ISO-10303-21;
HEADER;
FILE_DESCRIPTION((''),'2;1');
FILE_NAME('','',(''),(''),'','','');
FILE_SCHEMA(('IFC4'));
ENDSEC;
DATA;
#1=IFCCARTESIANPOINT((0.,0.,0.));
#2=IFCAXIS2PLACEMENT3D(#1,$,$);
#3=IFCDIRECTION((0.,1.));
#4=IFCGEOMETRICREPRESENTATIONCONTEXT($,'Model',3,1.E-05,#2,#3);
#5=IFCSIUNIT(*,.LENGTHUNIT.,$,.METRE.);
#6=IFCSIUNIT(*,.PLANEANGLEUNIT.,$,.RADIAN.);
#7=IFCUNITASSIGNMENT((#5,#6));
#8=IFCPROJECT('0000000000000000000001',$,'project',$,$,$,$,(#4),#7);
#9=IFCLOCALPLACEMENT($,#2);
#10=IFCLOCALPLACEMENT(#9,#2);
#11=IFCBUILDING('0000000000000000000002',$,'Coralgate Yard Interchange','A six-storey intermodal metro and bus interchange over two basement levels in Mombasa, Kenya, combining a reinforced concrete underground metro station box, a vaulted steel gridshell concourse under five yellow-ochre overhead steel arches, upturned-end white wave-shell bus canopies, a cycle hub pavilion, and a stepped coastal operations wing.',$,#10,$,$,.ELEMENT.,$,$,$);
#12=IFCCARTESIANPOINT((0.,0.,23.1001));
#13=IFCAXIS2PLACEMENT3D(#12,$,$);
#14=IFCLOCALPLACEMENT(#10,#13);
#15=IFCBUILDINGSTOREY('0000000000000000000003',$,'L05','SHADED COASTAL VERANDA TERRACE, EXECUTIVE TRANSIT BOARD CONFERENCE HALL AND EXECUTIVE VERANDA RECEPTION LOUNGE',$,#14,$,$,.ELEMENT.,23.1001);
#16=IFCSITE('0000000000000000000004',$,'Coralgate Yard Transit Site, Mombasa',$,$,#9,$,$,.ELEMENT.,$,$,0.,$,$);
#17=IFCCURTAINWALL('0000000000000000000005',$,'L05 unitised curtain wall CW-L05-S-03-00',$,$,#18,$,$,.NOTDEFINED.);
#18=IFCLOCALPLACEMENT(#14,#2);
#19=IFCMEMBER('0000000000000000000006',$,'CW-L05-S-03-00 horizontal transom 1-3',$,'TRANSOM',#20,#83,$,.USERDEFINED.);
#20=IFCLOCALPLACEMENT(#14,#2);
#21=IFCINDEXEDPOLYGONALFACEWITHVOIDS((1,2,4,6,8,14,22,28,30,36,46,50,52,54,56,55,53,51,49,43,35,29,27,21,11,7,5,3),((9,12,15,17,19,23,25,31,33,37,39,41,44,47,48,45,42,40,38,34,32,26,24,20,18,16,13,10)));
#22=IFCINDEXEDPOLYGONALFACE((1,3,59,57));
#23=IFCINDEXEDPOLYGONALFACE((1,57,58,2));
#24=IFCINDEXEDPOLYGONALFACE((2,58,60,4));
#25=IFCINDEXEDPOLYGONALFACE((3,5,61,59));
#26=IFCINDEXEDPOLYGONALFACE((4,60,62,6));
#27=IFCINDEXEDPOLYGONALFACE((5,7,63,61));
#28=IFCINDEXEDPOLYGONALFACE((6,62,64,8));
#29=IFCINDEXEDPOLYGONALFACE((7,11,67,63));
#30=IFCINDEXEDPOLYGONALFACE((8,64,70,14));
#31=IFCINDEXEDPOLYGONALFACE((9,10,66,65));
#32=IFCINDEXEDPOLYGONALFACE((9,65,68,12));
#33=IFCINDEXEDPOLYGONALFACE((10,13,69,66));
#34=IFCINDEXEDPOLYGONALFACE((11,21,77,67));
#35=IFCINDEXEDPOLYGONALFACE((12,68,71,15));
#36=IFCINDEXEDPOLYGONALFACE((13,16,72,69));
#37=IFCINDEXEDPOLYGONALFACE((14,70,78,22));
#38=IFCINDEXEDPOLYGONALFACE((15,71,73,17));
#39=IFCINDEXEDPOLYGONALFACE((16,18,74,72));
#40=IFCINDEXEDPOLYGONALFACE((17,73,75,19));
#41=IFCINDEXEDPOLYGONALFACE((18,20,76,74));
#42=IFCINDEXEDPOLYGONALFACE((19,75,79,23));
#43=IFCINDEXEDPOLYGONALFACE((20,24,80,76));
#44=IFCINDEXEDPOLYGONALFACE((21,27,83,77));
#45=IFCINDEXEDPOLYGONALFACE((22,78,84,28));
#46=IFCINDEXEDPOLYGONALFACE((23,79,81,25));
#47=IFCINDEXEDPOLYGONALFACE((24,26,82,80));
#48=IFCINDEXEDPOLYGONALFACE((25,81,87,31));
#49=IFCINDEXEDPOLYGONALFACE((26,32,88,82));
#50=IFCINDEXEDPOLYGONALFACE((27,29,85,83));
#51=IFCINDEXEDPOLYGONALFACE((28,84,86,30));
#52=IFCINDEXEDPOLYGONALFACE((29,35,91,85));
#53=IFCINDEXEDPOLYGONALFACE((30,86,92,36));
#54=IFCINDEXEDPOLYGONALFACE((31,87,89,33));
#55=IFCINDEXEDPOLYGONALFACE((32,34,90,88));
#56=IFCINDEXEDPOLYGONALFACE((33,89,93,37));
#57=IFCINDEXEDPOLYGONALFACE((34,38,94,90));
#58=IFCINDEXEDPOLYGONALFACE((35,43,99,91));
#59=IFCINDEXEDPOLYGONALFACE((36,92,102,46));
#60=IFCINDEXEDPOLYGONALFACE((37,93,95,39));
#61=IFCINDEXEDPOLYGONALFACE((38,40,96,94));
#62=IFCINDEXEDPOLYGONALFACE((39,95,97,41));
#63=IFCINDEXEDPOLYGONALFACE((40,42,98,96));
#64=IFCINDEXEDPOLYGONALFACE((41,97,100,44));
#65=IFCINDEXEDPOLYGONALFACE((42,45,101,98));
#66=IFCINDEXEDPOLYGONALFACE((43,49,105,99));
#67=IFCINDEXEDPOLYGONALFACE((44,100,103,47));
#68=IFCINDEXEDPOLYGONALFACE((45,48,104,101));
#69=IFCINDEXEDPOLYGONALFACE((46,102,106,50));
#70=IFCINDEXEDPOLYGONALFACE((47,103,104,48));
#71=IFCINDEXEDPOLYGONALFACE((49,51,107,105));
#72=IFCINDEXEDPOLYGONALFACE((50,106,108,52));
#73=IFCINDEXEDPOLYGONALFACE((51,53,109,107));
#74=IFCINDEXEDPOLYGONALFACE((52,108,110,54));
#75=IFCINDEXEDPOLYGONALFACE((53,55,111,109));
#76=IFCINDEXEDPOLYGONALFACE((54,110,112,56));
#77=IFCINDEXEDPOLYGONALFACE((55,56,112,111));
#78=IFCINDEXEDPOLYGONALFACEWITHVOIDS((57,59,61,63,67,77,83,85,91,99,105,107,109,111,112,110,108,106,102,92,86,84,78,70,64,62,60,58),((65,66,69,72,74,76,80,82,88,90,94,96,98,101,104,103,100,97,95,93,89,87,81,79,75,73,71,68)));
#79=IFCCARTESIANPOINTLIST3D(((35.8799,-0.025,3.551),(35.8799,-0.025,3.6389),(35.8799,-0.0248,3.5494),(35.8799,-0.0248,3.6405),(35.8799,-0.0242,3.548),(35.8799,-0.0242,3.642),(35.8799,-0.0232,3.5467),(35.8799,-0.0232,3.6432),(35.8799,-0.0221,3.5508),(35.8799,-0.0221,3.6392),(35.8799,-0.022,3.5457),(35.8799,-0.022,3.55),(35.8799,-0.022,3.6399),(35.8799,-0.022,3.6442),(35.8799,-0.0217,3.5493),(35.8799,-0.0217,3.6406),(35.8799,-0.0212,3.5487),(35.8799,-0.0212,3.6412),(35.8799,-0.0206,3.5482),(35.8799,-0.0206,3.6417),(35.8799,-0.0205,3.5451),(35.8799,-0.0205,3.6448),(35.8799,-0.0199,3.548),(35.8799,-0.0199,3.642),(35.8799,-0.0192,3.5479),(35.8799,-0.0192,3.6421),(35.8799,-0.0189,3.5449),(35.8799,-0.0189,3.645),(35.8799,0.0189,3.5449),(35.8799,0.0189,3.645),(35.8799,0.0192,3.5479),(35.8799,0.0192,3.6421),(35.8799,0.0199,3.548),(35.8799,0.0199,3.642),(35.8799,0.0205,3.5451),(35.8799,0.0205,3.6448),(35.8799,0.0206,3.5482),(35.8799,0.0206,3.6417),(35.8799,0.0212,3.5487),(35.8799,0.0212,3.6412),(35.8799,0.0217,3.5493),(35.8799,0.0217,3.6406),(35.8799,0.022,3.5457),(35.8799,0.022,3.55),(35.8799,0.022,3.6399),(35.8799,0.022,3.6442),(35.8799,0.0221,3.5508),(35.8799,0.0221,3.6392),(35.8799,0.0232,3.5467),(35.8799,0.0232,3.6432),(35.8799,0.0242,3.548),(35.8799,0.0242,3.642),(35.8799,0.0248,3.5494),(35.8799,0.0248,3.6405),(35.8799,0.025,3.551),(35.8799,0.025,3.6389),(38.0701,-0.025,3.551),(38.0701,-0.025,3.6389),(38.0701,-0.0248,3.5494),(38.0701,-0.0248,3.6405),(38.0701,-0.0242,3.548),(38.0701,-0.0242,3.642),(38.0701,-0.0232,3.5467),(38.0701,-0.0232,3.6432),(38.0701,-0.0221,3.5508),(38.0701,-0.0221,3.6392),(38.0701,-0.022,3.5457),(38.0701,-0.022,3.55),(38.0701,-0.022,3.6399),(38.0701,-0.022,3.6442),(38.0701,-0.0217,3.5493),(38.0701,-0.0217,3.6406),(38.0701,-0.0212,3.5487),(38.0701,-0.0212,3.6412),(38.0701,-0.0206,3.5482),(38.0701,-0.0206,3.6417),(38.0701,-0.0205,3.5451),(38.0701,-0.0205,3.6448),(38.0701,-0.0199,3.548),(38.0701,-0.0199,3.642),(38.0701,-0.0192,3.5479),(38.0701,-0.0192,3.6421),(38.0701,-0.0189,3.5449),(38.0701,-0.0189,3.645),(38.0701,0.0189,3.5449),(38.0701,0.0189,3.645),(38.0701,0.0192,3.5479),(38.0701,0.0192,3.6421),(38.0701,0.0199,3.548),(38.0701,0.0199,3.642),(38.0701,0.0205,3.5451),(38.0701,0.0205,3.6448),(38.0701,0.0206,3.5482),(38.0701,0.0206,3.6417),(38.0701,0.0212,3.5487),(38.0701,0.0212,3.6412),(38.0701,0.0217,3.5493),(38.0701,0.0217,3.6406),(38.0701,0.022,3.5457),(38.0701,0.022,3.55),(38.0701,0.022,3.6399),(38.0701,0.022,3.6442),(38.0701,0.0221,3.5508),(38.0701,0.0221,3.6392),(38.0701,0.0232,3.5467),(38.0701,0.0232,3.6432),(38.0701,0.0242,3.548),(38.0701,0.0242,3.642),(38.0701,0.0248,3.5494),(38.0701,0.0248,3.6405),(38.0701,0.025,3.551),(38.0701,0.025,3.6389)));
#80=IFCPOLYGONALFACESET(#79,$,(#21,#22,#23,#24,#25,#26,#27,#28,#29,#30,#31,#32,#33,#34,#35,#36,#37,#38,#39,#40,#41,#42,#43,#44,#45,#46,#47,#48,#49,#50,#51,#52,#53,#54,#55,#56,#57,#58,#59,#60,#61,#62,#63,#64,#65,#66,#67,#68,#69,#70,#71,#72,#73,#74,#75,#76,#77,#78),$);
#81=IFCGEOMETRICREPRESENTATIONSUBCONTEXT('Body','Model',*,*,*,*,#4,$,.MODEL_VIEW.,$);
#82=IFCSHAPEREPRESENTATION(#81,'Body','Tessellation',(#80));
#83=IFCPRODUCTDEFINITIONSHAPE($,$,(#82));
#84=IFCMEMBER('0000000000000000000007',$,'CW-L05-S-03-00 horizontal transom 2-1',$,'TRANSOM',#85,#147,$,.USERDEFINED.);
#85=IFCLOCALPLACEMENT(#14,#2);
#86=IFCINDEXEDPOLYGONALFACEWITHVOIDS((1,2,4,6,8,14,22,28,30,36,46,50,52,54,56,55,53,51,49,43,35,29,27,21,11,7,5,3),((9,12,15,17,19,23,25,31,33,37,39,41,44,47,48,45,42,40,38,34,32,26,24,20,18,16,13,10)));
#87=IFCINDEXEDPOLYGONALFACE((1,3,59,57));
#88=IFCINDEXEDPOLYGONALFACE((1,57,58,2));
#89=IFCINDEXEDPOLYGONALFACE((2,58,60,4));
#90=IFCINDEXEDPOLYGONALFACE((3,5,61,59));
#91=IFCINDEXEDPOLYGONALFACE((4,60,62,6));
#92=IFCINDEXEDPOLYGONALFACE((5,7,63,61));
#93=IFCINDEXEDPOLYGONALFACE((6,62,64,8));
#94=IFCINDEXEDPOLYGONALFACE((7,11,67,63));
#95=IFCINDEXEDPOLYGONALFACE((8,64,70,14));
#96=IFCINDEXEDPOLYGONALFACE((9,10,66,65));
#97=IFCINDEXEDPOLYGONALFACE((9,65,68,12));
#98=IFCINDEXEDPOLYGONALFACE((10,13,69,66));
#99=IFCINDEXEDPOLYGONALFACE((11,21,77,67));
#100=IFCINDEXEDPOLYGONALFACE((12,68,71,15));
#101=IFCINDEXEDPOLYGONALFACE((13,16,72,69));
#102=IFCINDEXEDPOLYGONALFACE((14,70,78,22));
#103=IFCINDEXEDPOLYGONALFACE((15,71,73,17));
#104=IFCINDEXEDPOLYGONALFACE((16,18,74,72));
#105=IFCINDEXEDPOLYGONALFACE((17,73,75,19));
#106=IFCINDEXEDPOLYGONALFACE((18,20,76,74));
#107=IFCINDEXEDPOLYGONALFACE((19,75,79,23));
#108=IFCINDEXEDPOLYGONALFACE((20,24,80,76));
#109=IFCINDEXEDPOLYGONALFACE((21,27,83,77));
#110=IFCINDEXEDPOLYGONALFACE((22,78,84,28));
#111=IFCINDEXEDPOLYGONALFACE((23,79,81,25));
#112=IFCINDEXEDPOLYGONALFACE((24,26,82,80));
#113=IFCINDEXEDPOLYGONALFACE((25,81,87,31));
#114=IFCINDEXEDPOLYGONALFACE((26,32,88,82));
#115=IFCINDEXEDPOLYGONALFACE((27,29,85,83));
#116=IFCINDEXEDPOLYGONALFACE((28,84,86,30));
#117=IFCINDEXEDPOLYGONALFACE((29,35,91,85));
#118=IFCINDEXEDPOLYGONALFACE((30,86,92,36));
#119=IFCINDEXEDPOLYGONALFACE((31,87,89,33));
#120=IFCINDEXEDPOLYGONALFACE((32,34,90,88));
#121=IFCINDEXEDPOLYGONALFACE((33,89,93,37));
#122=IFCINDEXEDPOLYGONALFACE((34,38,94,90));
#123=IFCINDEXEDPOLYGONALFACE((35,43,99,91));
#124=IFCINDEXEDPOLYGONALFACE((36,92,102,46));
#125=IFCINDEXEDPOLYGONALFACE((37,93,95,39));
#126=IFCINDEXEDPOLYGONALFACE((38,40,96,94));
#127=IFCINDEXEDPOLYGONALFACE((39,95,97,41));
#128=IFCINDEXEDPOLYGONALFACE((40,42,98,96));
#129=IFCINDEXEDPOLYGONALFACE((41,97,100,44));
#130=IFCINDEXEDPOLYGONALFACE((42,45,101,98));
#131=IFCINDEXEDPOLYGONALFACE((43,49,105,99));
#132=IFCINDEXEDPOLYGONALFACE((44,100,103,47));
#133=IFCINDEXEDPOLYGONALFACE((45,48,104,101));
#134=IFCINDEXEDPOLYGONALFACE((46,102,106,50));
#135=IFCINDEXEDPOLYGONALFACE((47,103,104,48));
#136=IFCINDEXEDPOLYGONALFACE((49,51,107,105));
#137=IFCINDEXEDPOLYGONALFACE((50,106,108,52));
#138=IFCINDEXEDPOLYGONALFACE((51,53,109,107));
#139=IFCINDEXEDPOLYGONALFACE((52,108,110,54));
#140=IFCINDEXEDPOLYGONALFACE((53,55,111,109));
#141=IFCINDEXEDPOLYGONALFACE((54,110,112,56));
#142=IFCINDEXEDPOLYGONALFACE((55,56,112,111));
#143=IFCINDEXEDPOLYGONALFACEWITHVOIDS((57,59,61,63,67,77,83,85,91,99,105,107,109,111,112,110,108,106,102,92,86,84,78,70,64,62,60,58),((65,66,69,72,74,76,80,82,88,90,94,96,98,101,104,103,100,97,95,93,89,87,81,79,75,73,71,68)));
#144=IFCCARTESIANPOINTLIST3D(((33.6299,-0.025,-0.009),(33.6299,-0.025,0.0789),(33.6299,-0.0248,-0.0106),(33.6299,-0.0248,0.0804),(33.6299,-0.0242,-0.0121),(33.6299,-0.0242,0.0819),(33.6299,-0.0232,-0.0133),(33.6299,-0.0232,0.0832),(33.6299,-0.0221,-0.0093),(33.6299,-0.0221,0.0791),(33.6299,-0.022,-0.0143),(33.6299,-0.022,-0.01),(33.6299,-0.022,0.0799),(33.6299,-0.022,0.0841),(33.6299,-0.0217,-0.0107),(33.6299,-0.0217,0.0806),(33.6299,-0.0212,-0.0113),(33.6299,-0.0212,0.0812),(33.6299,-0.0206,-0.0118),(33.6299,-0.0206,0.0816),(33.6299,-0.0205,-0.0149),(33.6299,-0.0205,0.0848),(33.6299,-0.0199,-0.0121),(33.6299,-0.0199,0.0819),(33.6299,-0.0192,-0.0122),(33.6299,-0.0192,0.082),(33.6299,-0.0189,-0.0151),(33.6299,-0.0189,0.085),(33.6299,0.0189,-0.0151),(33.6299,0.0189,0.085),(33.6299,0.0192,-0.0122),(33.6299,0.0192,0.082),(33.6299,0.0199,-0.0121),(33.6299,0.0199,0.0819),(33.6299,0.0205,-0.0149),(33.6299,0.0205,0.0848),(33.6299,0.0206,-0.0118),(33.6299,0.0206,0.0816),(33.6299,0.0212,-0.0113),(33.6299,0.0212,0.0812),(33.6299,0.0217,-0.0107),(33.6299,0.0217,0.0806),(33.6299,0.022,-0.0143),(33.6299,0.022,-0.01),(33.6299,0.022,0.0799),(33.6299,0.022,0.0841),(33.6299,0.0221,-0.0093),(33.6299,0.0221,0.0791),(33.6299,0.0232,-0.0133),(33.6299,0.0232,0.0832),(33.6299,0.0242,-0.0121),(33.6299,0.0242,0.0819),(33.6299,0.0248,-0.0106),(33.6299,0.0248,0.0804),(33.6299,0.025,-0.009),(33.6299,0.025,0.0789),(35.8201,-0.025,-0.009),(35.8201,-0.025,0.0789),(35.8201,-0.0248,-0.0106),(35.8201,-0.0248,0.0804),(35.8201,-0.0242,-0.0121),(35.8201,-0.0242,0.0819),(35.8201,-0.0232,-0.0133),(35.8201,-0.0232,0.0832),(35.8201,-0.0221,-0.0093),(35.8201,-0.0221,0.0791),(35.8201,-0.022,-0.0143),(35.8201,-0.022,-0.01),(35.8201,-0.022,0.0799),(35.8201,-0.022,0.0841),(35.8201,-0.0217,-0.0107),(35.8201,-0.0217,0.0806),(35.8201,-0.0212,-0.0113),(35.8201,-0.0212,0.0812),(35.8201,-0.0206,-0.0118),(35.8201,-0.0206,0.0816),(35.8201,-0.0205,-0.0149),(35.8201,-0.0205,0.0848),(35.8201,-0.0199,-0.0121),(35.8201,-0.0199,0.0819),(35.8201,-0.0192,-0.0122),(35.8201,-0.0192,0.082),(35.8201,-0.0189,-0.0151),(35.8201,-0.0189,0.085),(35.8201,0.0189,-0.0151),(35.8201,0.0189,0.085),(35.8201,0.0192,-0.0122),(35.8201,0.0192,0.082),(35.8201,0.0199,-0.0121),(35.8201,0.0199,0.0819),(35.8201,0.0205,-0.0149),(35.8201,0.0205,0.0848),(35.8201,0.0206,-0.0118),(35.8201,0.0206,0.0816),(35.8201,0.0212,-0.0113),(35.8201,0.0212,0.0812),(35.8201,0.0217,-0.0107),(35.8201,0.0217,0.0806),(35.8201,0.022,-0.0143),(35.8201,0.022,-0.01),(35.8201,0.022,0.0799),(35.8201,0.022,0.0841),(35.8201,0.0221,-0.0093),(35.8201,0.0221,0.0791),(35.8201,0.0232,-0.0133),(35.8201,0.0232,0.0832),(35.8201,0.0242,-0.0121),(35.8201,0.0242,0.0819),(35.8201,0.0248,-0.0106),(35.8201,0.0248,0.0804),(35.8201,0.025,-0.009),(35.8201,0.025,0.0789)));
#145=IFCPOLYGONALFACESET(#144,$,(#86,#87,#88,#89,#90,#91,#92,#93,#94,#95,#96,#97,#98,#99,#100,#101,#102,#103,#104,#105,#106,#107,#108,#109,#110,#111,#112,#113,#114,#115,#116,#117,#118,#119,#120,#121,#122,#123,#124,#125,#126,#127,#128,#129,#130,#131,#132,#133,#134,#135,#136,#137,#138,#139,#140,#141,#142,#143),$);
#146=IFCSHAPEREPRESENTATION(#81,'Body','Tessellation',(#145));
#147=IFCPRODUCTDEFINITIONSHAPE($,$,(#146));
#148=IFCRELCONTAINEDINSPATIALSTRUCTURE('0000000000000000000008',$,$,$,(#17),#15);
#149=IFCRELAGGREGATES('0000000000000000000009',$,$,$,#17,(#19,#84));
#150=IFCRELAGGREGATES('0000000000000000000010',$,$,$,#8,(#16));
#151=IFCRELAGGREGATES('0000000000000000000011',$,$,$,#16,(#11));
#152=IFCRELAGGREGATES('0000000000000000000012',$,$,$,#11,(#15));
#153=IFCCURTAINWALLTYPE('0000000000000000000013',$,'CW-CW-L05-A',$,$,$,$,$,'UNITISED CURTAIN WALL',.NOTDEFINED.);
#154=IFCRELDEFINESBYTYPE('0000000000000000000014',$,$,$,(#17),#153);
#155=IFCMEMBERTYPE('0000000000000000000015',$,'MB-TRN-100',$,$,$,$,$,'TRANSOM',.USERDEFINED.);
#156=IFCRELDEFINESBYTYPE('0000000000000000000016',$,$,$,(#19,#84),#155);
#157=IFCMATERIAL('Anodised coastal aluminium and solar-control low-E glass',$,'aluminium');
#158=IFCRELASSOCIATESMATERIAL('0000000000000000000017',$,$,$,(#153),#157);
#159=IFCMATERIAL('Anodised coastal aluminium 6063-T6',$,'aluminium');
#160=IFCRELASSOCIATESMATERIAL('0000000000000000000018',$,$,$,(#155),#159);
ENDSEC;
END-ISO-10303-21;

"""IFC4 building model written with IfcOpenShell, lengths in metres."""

from ifc_helpers import new_model, si_unit, direction, frame, origin, origin_2d, place, context, subcontext, project, spatial, hollow_rectangle, extrude, material, material_profile, profile_set, type_object, element, aggregate, save


model = new_model("IFC4")

# Units and contexts
model_context = context("Model", 3, precision=1e-05, world=origin(), true_north=direction((0.0, 1.0)))
body_context = subcontext(model_context, "Body", "Model", "MODEL_VIEW")
ifc_project = project(units=[si_unit("LENGTHUNIT", "METRE"), si_unit("PLANEANGLEUNIT", "RADIAN")], contexts=[model_context])

# Site, building, storey
site_placement = place(None, origin())
site = spatial("IfcSite", under=ifc_project, at=site_placement, Name="Coralgate Yard Transit Site, Mombasa", CompositionType="ELEMENT", RefElevation=0.0)
building_placement = place(site_placement, origin())
building = spatial("IfcBuilding", under=site, at=building_placement, Name="Coralgate Yard Interchange", Description="A six-storey intermodal metro and bus interchange over two basement levels in Mombasa, Kenya, combining a reinforced concrete underground metro station box, a vaulted steel gridshell concourse under five yellow-ochre overhead steel arches, upturned-end white wave-shell bus canopies, a cycle hub pavilion, and a stepped coastal operations wing.", CompositionType="ELEMENT")
storey_placement = place(building_placement, frame((0.0, 0.0, 23.1001)))
storey = spatial("IfcBuildingStorey", under=building, at=storey_placement, Name="L05", Description="SHADED COASTAL VERANDA TERRACE, EXECUTIVE TRANSIT BOARD CONFERENCE HALL AND EXECUTIVE VERANDA RECEPTION LOUNGE", CompositionType="ELEMENT", Elevation=23.1001)

# Curtain wall
ifc_material_1 = material(Name="Anodised coastal aluminium and solar-control low-E glass", Category="aluminium")
curtain_wall_type = type_object("IfcCurtainWallType", Name="CW-CW-L05-A", ElementType="UNITISED CURTAIN WALL", PredefinedType="NOTDEFINED", material=ifc_material_1)
curtain_wall_1_placement = place(storey_placement, origin())
curtain_wall_1 = element("IfcCurtainWall", 1, at=curtain_wall_1_placement, inside=storey, type_object=curtain_wall_type, Name="L05 unitised curtain wall CW-L05-S-03-00", PredefinedType="NOTDEFINED")
ifc_material_2 = material(Name="Anodised coastal aluminium 6063-T6", Category="aluminium")

# Members
ifc_material_profile_1 = material_profile(ifc_material_2, hollow_rectangle(XDim=0.05, YDim=0.1001, WallThickness=0.0029, InnerFilletRadius=0.0029, OuterFilletRadius=0.0061, at=origin_2d()), Name="ALU 50x100x3")
ifc_profile_set_1 = profile_set([ifc_material_profile_1], Name="Anodised coastal aluminium 6063-T6")
member_type_1 = type_object("IfcMemberType", Name="MB-TRN-100", ElementType="TRANSOM", PredefinedType="USERDEFINED", material=ifc_profile_set_1)
member_1_placement = place(storey_placement, frame((38.0701, 0.0, 3.595), z_axis=(-1.0, 0.0, 0.0), x_axis=(0.0, -1.0, 0.0)))
member_1 = element("IfcMember", 2, at=member_1_placement, type_object=member_type_1, Name="CW-L05-S-03-00 horizontal transom 1-3", ObjectType="TRANSOM", PredefinedType="USERDEFINED", context=body_context, shape_type="SweptSolid", body=[
    extrude(hollow_rectangle(XDim=0.05, YDim=0.1001, WallThickness=0.0029, InnerFilletRadius=0.0029, OuterFilletRadius=0.0061, at=origin_2d()), origin(), (0.0, 0.0, 1.0), 2.1902),
])
member_2_placement = place(storey_placement, frame((35.8201, 0.0, 0.0349), z_axis=(-1.0, 0.0, 0.0), x_axis=(0.0, -1.0, 0.0)))
member_2 = element("IfcMember", 3, at=member_2_placement, type_object=member_type_1, Name="CW-L05-S-03-00 horizontal transom 2-1", ObjectType="TRANSOM", PredefinedType="USERDEFINED", context=body_context, shape_type="SweptSolid", body=[
    extrude(hollow_rectangle(XDim=0.05, YDim=0.1001, WallThickness=0.0029, InnerFilletRadius=0.0029, OuterFilletRadius=0.0061, at=origin_2d()), origin(), (0.0, 0.0, 1.0), 2.1902),
])

aggregate(curtain_wall_1, [member_1, member_2])

save(model, "model.ifc")
